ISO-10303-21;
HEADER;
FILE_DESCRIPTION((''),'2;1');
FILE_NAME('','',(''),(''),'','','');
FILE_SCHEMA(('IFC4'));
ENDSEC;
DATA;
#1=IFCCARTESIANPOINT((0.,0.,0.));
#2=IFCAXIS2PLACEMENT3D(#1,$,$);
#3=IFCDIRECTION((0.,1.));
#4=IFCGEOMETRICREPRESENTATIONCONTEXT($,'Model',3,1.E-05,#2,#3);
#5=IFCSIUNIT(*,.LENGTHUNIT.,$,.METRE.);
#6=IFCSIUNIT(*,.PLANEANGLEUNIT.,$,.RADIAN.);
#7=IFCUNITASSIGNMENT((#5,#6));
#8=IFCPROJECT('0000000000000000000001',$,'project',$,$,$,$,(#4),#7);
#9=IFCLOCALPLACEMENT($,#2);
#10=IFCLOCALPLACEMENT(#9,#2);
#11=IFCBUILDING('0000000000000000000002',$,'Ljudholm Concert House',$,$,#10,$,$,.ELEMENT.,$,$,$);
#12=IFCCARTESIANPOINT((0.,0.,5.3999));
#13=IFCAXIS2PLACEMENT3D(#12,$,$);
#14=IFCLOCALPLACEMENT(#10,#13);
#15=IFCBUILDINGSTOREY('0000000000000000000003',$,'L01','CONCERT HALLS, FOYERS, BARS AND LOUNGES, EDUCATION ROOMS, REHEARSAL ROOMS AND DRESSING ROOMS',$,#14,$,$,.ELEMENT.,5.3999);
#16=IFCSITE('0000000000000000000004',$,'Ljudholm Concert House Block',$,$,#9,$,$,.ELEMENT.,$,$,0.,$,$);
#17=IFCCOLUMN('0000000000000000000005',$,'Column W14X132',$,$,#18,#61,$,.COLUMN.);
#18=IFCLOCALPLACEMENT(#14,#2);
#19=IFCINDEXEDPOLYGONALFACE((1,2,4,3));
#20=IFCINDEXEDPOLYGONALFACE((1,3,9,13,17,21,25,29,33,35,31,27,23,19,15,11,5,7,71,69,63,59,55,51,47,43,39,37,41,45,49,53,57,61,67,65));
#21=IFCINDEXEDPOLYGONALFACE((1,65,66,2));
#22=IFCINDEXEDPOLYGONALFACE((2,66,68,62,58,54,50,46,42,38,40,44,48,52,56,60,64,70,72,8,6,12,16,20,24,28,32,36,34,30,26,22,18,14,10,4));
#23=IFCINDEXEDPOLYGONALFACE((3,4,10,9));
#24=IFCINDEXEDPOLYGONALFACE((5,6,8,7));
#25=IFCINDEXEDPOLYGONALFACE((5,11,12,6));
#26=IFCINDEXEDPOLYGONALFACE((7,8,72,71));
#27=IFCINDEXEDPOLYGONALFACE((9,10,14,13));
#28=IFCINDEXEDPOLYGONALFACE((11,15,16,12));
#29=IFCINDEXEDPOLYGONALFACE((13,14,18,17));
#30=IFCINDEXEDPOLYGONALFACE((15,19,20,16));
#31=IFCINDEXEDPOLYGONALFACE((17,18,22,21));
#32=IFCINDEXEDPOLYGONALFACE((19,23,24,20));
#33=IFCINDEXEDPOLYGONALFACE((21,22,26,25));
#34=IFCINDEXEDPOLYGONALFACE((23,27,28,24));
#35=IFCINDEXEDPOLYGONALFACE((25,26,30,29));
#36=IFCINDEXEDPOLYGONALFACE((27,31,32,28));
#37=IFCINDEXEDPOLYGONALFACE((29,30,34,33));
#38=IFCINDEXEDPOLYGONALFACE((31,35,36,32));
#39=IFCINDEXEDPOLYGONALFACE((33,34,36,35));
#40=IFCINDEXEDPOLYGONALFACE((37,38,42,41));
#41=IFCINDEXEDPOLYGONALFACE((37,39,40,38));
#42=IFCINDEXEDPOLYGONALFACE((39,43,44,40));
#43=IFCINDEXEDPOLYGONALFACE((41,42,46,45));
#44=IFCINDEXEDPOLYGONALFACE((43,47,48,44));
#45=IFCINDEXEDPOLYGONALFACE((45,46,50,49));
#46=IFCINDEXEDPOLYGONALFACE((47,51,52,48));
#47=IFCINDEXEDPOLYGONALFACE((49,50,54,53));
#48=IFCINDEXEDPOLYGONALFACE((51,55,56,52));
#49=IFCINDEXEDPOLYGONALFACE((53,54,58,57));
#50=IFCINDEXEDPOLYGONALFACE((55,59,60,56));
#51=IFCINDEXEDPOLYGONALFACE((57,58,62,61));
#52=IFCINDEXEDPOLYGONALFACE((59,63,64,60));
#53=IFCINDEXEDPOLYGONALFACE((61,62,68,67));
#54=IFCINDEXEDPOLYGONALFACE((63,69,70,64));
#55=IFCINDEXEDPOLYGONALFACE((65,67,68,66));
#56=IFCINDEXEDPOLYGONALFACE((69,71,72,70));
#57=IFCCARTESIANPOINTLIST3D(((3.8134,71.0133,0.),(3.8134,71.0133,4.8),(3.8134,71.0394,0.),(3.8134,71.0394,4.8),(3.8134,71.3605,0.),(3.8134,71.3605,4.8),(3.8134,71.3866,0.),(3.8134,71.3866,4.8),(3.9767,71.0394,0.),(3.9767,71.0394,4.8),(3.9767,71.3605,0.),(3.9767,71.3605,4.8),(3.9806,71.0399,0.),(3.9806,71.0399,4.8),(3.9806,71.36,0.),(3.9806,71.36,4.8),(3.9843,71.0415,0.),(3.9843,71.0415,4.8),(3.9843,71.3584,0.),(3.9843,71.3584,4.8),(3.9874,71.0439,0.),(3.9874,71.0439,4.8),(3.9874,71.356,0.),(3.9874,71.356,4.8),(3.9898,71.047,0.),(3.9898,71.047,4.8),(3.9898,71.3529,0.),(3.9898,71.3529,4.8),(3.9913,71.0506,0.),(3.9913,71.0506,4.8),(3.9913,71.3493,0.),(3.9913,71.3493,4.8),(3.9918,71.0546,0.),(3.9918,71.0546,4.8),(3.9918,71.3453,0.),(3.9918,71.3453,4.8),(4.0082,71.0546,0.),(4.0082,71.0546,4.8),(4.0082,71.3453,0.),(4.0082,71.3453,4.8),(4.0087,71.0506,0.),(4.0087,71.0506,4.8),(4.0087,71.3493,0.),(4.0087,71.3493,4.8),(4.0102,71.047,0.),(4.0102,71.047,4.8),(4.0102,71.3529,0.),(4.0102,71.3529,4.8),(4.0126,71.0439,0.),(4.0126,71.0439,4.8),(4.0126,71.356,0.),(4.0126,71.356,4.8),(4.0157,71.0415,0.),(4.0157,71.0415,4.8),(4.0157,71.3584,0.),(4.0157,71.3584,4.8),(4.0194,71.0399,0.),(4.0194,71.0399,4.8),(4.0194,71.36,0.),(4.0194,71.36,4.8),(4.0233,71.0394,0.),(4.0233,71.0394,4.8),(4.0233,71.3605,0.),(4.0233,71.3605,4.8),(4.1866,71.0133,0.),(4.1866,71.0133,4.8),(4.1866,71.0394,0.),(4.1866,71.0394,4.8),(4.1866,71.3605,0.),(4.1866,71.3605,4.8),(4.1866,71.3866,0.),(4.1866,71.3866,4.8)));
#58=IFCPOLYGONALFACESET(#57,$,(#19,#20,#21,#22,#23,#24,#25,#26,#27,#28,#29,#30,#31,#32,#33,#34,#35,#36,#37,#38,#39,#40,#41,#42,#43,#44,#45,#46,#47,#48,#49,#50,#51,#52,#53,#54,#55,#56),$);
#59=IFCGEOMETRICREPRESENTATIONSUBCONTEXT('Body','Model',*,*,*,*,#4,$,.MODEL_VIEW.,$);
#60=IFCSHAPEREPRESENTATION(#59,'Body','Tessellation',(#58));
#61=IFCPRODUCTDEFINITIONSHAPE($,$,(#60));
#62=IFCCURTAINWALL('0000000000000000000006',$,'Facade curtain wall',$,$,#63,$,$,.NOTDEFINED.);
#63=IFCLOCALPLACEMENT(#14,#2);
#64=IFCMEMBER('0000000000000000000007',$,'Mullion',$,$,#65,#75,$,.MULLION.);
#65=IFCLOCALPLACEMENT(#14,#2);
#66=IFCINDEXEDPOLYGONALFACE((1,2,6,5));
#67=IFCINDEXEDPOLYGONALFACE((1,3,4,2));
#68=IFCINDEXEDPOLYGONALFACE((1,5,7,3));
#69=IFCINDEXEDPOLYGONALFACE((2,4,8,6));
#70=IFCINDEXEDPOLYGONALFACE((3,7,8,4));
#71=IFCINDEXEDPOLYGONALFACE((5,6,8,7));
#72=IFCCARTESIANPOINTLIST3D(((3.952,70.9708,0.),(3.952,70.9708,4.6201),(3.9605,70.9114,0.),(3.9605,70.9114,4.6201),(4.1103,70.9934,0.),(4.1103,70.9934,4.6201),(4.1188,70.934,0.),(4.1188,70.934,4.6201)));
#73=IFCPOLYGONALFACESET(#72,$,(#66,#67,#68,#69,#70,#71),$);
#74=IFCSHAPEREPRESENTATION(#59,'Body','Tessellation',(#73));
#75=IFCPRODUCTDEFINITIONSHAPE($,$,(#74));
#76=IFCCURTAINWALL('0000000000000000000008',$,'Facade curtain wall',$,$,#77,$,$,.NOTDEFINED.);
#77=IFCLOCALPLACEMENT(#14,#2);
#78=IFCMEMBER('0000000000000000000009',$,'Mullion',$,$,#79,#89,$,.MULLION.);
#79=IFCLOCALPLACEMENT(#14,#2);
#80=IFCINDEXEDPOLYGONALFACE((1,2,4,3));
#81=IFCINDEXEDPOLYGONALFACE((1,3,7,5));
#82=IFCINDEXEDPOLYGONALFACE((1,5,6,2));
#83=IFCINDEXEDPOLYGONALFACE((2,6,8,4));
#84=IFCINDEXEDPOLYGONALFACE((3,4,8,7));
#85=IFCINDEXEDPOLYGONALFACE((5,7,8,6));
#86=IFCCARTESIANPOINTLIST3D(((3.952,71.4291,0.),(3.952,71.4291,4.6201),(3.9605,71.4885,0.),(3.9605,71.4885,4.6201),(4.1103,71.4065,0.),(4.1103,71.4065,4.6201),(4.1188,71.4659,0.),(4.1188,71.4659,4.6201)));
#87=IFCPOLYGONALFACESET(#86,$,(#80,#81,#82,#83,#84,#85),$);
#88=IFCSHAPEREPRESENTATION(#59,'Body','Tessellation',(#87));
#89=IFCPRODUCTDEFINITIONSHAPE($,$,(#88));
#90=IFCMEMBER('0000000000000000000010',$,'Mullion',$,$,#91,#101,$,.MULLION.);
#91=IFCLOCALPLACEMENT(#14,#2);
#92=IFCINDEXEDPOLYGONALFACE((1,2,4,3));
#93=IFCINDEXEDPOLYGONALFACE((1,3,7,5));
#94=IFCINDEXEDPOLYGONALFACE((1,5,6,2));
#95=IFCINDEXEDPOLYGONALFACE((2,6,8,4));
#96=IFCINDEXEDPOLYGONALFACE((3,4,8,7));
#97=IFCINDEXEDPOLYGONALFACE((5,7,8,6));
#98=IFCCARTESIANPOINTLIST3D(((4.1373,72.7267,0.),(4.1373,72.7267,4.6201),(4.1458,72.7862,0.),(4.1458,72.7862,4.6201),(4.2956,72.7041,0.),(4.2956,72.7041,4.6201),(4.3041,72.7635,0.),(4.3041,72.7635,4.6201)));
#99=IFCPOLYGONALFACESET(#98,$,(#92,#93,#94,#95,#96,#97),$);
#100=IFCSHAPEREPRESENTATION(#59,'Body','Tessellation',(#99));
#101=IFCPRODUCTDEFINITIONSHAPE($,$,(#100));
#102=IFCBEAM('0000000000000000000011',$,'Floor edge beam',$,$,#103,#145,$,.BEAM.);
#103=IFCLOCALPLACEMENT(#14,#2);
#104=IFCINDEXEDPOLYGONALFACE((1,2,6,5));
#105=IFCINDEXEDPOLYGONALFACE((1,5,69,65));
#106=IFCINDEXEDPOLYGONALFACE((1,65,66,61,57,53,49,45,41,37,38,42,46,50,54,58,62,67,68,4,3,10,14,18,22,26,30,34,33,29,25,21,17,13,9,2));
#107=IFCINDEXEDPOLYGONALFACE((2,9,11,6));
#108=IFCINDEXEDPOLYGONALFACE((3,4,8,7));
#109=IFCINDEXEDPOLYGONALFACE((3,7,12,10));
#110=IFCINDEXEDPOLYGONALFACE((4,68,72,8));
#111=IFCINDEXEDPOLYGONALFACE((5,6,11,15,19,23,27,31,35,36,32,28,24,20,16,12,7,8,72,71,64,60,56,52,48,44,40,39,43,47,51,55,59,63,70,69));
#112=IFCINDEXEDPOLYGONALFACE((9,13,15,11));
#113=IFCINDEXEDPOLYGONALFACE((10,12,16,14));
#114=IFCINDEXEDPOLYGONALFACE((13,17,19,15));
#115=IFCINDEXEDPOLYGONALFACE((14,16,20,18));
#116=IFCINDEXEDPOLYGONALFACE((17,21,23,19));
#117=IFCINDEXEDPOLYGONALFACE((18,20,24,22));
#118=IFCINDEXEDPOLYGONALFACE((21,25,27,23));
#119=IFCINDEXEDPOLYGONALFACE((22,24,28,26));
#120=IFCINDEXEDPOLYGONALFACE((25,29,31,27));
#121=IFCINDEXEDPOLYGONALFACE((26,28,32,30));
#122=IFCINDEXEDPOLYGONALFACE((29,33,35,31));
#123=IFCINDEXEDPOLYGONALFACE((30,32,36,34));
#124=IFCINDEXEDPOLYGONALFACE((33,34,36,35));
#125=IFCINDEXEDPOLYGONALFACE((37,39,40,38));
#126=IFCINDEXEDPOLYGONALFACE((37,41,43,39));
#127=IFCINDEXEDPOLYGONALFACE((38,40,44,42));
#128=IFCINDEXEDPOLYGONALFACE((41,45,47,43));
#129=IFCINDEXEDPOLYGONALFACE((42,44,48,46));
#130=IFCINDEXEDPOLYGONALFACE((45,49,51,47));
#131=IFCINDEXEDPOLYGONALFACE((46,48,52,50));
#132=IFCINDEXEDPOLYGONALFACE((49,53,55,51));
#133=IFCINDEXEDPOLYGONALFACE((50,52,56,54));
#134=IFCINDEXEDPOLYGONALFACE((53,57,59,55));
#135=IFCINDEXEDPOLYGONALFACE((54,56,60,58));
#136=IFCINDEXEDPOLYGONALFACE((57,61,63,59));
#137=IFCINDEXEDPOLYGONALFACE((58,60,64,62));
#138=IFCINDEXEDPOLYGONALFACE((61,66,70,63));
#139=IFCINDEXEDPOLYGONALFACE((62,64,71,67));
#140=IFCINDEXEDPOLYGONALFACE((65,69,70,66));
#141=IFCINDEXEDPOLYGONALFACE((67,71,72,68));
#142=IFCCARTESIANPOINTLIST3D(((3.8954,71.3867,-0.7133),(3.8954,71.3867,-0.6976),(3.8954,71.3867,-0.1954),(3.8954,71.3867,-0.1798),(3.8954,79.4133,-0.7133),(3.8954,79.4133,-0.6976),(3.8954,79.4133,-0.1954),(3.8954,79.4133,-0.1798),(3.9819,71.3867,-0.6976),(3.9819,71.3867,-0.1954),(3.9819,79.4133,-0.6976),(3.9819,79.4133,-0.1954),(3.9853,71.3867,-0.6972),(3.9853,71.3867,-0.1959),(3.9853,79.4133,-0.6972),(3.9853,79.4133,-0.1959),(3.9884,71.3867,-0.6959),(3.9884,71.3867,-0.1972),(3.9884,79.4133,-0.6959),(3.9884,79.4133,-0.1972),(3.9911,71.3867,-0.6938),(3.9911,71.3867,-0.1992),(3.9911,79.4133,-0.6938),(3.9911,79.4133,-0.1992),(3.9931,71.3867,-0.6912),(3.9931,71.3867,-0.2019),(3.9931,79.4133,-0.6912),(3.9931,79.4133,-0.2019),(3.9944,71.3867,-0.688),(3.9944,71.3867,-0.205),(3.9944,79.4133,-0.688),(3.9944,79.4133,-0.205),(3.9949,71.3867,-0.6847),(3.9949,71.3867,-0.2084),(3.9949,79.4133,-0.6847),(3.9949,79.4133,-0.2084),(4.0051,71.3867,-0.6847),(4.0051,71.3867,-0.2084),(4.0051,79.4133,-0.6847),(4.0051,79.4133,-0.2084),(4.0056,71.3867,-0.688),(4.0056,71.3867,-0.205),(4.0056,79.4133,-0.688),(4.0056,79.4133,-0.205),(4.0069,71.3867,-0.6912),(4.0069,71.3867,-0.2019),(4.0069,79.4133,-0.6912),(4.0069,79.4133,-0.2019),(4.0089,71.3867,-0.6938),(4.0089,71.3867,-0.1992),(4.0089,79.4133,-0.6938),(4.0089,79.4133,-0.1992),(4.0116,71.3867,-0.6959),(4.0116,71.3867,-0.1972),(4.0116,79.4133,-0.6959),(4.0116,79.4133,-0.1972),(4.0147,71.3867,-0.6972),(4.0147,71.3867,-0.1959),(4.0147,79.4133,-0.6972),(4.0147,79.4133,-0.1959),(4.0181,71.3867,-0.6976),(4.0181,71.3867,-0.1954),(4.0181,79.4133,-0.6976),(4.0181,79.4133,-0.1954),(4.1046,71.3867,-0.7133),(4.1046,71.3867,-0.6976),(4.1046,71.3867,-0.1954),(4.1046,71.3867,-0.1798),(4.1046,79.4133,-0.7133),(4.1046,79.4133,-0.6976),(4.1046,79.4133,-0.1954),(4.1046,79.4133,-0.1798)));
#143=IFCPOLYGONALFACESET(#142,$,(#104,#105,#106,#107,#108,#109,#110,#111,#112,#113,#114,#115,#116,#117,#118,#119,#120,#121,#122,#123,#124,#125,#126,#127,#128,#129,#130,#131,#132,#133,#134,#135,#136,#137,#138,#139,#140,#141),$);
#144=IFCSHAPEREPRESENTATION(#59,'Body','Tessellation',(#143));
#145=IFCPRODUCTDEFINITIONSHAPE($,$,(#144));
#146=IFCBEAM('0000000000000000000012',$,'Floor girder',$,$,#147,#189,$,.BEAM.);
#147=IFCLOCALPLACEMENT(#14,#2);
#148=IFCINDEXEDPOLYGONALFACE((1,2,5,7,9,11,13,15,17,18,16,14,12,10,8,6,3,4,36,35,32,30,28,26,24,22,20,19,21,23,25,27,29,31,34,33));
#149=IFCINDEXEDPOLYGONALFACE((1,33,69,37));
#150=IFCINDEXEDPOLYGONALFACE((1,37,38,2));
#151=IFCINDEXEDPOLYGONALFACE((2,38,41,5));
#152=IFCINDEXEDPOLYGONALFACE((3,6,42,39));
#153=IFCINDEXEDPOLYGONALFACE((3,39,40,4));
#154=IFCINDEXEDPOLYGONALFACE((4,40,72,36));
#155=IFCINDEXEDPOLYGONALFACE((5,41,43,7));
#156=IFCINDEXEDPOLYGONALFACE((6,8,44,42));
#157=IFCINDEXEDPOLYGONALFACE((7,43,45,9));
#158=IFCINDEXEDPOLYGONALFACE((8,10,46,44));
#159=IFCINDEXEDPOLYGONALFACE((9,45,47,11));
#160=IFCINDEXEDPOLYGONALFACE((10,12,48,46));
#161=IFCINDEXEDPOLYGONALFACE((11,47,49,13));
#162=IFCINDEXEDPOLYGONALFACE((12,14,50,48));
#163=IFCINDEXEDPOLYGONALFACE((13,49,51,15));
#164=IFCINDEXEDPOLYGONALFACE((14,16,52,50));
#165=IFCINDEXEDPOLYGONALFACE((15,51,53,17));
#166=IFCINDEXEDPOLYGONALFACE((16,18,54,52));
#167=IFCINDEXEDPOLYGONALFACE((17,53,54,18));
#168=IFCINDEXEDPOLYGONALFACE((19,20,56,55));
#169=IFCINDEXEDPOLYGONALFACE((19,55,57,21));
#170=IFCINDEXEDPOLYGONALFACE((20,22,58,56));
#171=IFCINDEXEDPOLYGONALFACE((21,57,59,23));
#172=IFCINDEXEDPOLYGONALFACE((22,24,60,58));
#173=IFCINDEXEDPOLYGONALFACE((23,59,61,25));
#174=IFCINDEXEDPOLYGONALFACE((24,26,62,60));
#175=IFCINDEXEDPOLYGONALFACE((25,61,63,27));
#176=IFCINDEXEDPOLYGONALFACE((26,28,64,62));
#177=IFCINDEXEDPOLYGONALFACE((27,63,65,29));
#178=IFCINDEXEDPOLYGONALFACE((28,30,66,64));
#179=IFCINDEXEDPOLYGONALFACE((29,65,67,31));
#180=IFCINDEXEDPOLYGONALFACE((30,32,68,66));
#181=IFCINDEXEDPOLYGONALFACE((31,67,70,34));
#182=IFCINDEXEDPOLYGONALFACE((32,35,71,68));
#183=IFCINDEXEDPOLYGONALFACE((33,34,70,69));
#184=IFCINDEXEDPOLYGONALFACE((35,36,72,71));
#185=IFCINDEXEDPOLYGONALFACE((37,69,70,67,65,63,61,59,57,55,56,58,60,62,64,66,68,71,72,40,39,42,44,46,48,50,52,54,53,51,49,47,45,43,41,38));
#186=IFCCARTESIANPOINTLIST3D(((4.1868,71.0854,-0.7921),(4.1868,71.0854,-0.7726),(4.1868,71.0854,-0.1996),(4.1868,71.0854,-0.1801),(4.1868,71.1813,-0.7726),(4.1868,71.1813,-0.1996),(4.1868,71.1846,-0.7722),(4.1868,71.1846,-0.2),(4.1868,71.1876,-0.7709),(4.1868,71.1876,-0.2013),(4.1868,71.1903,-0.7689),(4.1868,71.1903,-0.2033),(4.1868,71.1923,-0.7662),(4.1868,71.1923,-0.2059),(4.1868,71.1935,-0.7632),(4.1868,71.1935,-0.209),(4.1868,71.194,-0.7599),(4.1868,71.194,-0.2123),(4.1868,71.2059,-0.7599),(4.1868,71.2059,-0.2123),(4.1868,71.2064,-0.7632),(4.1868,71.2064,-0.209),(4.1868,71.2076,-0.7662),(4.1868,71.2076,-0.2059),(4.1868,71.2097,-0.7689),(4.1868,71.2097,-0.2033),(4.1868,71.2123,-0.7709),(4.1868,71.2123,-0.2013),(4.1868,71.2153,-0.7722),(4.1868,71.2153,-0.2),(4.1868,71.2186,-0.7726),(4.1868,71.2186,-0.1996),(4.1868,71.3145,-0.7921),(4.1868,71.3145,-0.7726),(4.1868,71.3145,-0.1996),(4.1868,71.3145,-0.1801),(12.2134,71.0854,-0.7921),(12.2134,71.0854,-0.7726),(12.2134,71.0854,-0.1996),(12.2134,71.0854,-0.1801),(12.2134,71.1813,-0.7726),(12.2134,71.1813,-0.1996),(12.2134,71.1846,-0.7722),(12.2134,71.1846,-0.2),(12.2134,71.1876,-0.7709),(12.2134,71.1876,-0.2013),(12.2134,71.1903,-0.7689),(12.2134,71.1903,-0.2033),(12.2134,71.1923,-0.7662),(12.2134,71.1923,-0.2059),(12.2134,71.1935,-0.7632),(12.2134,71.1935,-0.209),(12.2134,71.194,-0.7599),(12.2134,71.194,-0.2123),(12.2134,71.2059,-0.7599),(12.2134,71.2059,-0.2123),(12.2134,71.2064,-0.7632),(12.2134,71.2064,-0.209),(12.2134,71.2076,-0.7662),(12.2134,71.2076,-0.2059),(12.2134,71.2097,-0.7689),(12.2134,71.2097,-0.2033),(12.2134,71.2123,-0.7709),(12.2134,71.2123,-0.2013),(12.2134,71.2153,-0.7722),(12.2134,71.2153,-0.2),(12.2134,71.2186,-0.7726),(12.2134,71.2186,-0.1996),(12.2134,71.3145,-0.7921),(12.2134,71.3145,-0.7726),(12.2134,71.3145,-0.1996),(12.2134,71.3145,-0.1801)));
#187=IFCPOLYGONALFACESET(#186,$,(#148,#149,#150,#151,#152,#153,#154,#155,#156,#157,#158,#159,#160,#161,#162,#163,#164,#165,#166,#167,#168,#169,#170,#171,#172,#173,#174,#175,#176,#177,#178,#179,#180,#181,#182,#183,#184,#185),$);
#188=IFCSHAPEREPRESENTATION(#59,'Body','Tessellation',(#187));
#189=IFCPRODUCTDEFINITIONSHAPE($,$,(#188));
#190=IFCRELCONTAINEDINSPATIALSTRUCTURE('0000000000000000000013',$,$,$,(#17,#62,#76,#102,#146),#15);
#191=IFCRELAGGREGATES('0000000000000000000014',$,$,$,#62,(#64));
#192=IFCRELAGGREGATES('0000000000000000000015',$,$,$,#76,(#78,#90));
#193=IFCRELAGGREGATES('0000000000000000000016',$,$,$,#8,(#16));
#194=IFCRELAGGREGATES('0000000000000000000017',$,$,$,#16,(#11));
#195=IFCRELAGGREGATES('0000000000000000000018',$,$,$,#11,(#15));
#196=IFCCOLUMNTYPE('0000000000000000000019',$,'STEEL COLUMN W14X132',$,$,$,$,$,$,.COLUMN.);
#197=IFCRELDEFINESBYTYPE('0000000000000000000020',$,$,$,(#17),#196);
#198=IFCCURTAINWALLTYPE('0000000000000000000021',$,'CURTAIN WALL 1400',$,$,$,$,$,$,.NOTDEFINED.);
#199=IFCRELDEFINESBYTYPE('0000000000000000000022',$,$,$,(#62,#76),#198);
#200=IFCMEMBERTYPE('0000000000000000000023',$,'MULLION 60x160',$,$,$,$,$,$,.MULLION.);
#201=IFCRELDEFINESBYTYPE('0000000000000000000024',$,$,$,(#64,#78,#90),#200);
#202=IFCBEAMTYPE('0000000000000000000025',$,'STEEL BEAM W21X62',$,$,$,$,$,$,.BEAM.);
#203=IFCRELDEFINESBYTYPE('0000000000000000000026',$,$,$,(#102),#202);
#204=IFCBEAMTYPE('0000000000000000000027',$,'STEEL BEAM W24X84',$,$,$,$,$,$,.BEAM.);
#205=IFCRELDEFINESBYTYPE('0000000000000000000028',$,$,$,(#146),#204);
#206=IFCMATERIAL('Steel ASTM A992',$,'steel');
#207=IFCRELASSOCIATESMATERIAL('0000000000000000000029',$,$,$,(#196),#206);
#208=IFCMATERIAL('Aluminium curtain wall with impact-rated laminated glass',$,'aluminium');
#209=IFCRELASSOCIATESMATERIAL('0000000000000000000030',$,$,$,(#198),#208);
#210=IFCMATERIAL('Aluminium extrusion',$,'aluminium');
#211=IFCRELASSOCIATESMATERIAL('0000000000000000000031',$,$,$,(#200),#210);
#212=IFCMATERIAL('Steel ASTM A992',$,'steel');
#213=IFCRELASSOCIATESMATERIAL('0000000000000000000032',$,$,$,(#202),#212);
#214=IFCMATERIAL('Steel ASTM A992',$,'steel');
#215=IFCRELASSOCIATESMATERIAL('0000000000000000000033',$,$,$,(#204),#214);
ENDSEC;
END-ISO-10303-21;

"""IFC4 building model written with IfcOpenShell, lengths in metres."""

from ifc_helpers import new_model, si_unit, direction, frame, origin, origin_2d, place, context, subcontext, project, spatial, rectangle, i_section, extrude, material, material_profile, profile_set, type_object, element, aggregate, save


model = new_model("IFC4")

# Units and contexts
model_context = context("Model", 3, precision=1e-05, world=origin(), true_north=direction((0.0, 1.0)))
body_context = subcontext(model_context, "Body", "Model", "MODEL_VIEW")
ifc_project = project(units=[si_unit("LENGTHUNIT", "METRE"), si_unit("PLANEANGLEUNIT", "RADIAN")], contexts=[model_context])

# Site, building, storey
site_placement = place(None, origin())
site = spatial("IfcSite", under=ifc_project, at=site_placement, Name="Ljudholm Concert House Block", CompositionType="ELEMENT", RefElevation=0.0)
building_placement = place(site_placement, origin())
building = spatial("IfcBuilding", under=site, at=building_placement, Name="Ljudholm Concert House", CompositionType="ELEMENT")
storey_placement = place(building_placement, frame((0.0, 0.0, 5.3999)))
storey = spatial("IfcBuildingStorey", under=building, at=storey_placement, Name="L01", Description="CONCERT HALLS, FOYERS, BARS AND LOUNGES, EDUCATION ROOMS, REHEARSAL ROOMS AND DRESSING ROOMS", CompositionType="ELEMENT", Elevation=5.3999)

# Column
ifc_material_1 = material(Name="Steel ASTM A992", Category="steel")
ifc_material_profile_1 = material_profile(ifc_material_1, i_section(OverallWidth=0.3733, OverallDepth=0.3733, WebThickness=0.0164, FlangeThickness=0.0261, FilletRadius=0.0151, at=origin_2d()), Name="W14X132")
ifc_profile_set_1 = profile_set([ifc_material_profile_1], Name="Steel ASTM A992")
column_type = type_object("IfcColumnType", Name="STEEL COLUMN W14X132", PredefinedType="COLUMN", material=ifc_profile_set_1)
column_placement = place(storey_placement, frame((4.0, 71.2, 0.0), z_axis=(0.0, 0.0, 1.0), x_axis=(1.0, 0.0, 0.0)))
element("IfcColumn", 1, at=column_placement, inside=storey, type_object=column_type, Name="Column W14X132", PredefinedType="COLUMN", context=body_context, shape_type="SweptSolid", body=[
    extrude(i_section(OverallWidth=0.3733, OverallDepth=0.3733, WebThickness=0.0164, FlangeThickness=0.0261, FilletRadius=0.0151, at=origin_2d()), origin(), (0.0, 0.0, 1.0), 4.8),
])

# Curtain wall, member
ifc_material_2 = material(Name="Aluminium curtain wall with impact-rated laminated glass", Category="aluminium")
curtain_wall_type = type_object("IfcCurtainWallType", Name="CURTAIN WALL 1400", PredefinedType="NOTDEFINED", material=ifc_material_2)
curtain_wall_1_placement = place(storey_placement, origin())
curtain_wall_1 = element("IfcCurtainWall", 2, at=curtain_wall_1_placement, inside=storey, type_object=curtain_wall_type, Name="Facade curtain wall", PredefinedType="NOTDEFINED")
ifc_material_3 = material(Name="Aluminium extrusion", Category="aluminium")
ifc_material_profile_2 = material_profile(ifc_material_3, rectangle(XDim=0.1599, YDim=0.0601, at=origin_2d()), Name="MULLION 60x160")
ifc_profile_set_2 = profile_set([ifc_material_profile_2], Name="Aluminium extrusion")
member_type_1 = type_object("IfcMemberType", Name="MULLION 60x160", PredefinedType="MULLION", material=ifc_profile_set_2)
member_1_placement = place(storey_placement, frame((4.0354, 70.9524, 0.0), z_axis=(0.0, 0.0, 1.0), x_axis=(-0.989949, -0.141421, 0.0)))
member_1 = element("IfcMember", 3, at=member_1_placement, type_object=member_type_1, Name="Mullion", PredefinedType="MULLION", context=body_context, shape_type="SweptSolid", body=[
    extrude(rectangle(XDim=0.1599, YDim=0.0601, at=origin_2d()), origin(), (0.0, 0.0, 1.0), 4.6201),
])

# Curtain wall, members
curtain_wall_2_placement = place(storey_placement, origin())
curtain_wall_2 = element("IfcCurtainWall", 4, at=curtain_wall_2_placement, inside=storey, type_object=curtain_wall_type, Name="Facade curtain wall", PredefinedType="NOTDEFINED")
member_2_placement = place(storey_placement, frame((4.0354, 71.4475, 0.0), z_axis=(0.0, 0.0, 1.0), x_axis=(-0.989949, 0.141421, 0.0)))
member_2 = element("IfcMember", 5, at=member_2_placement, type_object=member_type_1, Name="Mullion", PredefinedType="MULLION", context=body_context, shape_type="SweptSolid", body=[
    extrude(rectangle(XDim=0.1599, YDim=0.0601, at=origin_2d()), origin(), (0.0, 0.0, 1.0), 4.6201),
])
member_3_placement = place(storey_placement, frame((4.2207, 72.7451, 0.0), z_axis=(0.0, 0.0, 1.0), x_axis=(-0.989949, 0.141421, 0.0)))
member_3 = element("IfcMember", 6, at=member_3_placement, type_object=member_type_1, Name="Mullion", PredefinedType="MULLION", context=body_context, shape_type="SweptSolid", body=[
    extrude(rectangle(XDim=0.1599, YDim=0.0601, at=origin_2d()), origin(), (0.0, 0.0, 1.0), 4.6201),
])

# Beams
ifc_material_4 = material(Name="Steel ASTM A992", Category="steel")
ifc_material_profile_3 = material_profile(ifc_material_4, i_section(OverallWidth=0.2092, OverallDepth=0.5334, WebThickness=0.0103, FlangeThickness=0.0156, FilletRadius=0.0129, at=origin_2d()), Name="W21X62")
ifc_profile_set_3 = profile_set([ifc_material_profile_3], Name="Steel ASTM A992")
beam_type_1 = type_object("IfcBeamType", Name="STEEL BEAM W21X62", PredefinedType="BEAM", material=ifc_profile_set_3)
beam_1_placement = place(storey_placement, frame((4.0, 71.3867, -0.4465), z_axis=(0.0, 1.0, 0.0), x_axis=(-1.0, 0.0, 0.0)))
element("IfcBeam", 7, at=beam_1_placement, inside=storey, type_object=beam_type_1, Name="Floor edge beam", PredefinedType="BEAM", context=body_context, shape_type="SweptSolid", body=[
    extrude(i_section(OverallWidth=0.2092, OverallDepth=0.5334, WebThickness=0.0103, FlangeThickness=0.0156, FilletRadius=0.0129, at=origin_2d()), origin(), (0.0, 0.0, 1.0), 8.0266),
])
ifc_material_5 = material(Name="Steel ASTM A992", Category="steel")
ifc_material_profile_4 = material_profile(ifc_material_5, i_section(OverallWidth=0.229, OverallDepth=0.6121, WebThickness=0.012, FlangeThickness=0.0195, FilletRadius=0.0127, at=origin_2d()), Name="W24X84")
ifc_profile_set_4 = profile_set([ifc_material_profile_4], Name="Steel ASTM A992")
beam_type_2 = type_object("IfcBeamType", Name="STEEL BEAM W24X84", PredefinedType="BEAM", material=ifc_profile_set_4)
beam_2_placement = place(storey_placement, frame((4.1868, 71.2, -0.4861), z_axis=(1.0, 0.0, 0.0), x_axis=(0.0, 1.0, 0.0)))
element("IfcBeam", 8, at=beam_2_placement, inside=storey, type_object=beam_type_2, Name="Floor girder", PredefinedType="BEAM", context=body_context, shape_type="SweptSolid", body=[
    extrude(i_section(OverallWidth=0.229, OverallDepth=0.6121, WebThickness=0.012, FlangeThickness=0.0195, FilletRadius=0.0127, at=origin_2d()), origin(), (0.0, 0.0, 1.0), 8.0266),
])

aggregate(curtain_wall_1, [member_1])
aggregate(curtain_wall_2, [member_2, member_3])

save(model, "model.ifc")
